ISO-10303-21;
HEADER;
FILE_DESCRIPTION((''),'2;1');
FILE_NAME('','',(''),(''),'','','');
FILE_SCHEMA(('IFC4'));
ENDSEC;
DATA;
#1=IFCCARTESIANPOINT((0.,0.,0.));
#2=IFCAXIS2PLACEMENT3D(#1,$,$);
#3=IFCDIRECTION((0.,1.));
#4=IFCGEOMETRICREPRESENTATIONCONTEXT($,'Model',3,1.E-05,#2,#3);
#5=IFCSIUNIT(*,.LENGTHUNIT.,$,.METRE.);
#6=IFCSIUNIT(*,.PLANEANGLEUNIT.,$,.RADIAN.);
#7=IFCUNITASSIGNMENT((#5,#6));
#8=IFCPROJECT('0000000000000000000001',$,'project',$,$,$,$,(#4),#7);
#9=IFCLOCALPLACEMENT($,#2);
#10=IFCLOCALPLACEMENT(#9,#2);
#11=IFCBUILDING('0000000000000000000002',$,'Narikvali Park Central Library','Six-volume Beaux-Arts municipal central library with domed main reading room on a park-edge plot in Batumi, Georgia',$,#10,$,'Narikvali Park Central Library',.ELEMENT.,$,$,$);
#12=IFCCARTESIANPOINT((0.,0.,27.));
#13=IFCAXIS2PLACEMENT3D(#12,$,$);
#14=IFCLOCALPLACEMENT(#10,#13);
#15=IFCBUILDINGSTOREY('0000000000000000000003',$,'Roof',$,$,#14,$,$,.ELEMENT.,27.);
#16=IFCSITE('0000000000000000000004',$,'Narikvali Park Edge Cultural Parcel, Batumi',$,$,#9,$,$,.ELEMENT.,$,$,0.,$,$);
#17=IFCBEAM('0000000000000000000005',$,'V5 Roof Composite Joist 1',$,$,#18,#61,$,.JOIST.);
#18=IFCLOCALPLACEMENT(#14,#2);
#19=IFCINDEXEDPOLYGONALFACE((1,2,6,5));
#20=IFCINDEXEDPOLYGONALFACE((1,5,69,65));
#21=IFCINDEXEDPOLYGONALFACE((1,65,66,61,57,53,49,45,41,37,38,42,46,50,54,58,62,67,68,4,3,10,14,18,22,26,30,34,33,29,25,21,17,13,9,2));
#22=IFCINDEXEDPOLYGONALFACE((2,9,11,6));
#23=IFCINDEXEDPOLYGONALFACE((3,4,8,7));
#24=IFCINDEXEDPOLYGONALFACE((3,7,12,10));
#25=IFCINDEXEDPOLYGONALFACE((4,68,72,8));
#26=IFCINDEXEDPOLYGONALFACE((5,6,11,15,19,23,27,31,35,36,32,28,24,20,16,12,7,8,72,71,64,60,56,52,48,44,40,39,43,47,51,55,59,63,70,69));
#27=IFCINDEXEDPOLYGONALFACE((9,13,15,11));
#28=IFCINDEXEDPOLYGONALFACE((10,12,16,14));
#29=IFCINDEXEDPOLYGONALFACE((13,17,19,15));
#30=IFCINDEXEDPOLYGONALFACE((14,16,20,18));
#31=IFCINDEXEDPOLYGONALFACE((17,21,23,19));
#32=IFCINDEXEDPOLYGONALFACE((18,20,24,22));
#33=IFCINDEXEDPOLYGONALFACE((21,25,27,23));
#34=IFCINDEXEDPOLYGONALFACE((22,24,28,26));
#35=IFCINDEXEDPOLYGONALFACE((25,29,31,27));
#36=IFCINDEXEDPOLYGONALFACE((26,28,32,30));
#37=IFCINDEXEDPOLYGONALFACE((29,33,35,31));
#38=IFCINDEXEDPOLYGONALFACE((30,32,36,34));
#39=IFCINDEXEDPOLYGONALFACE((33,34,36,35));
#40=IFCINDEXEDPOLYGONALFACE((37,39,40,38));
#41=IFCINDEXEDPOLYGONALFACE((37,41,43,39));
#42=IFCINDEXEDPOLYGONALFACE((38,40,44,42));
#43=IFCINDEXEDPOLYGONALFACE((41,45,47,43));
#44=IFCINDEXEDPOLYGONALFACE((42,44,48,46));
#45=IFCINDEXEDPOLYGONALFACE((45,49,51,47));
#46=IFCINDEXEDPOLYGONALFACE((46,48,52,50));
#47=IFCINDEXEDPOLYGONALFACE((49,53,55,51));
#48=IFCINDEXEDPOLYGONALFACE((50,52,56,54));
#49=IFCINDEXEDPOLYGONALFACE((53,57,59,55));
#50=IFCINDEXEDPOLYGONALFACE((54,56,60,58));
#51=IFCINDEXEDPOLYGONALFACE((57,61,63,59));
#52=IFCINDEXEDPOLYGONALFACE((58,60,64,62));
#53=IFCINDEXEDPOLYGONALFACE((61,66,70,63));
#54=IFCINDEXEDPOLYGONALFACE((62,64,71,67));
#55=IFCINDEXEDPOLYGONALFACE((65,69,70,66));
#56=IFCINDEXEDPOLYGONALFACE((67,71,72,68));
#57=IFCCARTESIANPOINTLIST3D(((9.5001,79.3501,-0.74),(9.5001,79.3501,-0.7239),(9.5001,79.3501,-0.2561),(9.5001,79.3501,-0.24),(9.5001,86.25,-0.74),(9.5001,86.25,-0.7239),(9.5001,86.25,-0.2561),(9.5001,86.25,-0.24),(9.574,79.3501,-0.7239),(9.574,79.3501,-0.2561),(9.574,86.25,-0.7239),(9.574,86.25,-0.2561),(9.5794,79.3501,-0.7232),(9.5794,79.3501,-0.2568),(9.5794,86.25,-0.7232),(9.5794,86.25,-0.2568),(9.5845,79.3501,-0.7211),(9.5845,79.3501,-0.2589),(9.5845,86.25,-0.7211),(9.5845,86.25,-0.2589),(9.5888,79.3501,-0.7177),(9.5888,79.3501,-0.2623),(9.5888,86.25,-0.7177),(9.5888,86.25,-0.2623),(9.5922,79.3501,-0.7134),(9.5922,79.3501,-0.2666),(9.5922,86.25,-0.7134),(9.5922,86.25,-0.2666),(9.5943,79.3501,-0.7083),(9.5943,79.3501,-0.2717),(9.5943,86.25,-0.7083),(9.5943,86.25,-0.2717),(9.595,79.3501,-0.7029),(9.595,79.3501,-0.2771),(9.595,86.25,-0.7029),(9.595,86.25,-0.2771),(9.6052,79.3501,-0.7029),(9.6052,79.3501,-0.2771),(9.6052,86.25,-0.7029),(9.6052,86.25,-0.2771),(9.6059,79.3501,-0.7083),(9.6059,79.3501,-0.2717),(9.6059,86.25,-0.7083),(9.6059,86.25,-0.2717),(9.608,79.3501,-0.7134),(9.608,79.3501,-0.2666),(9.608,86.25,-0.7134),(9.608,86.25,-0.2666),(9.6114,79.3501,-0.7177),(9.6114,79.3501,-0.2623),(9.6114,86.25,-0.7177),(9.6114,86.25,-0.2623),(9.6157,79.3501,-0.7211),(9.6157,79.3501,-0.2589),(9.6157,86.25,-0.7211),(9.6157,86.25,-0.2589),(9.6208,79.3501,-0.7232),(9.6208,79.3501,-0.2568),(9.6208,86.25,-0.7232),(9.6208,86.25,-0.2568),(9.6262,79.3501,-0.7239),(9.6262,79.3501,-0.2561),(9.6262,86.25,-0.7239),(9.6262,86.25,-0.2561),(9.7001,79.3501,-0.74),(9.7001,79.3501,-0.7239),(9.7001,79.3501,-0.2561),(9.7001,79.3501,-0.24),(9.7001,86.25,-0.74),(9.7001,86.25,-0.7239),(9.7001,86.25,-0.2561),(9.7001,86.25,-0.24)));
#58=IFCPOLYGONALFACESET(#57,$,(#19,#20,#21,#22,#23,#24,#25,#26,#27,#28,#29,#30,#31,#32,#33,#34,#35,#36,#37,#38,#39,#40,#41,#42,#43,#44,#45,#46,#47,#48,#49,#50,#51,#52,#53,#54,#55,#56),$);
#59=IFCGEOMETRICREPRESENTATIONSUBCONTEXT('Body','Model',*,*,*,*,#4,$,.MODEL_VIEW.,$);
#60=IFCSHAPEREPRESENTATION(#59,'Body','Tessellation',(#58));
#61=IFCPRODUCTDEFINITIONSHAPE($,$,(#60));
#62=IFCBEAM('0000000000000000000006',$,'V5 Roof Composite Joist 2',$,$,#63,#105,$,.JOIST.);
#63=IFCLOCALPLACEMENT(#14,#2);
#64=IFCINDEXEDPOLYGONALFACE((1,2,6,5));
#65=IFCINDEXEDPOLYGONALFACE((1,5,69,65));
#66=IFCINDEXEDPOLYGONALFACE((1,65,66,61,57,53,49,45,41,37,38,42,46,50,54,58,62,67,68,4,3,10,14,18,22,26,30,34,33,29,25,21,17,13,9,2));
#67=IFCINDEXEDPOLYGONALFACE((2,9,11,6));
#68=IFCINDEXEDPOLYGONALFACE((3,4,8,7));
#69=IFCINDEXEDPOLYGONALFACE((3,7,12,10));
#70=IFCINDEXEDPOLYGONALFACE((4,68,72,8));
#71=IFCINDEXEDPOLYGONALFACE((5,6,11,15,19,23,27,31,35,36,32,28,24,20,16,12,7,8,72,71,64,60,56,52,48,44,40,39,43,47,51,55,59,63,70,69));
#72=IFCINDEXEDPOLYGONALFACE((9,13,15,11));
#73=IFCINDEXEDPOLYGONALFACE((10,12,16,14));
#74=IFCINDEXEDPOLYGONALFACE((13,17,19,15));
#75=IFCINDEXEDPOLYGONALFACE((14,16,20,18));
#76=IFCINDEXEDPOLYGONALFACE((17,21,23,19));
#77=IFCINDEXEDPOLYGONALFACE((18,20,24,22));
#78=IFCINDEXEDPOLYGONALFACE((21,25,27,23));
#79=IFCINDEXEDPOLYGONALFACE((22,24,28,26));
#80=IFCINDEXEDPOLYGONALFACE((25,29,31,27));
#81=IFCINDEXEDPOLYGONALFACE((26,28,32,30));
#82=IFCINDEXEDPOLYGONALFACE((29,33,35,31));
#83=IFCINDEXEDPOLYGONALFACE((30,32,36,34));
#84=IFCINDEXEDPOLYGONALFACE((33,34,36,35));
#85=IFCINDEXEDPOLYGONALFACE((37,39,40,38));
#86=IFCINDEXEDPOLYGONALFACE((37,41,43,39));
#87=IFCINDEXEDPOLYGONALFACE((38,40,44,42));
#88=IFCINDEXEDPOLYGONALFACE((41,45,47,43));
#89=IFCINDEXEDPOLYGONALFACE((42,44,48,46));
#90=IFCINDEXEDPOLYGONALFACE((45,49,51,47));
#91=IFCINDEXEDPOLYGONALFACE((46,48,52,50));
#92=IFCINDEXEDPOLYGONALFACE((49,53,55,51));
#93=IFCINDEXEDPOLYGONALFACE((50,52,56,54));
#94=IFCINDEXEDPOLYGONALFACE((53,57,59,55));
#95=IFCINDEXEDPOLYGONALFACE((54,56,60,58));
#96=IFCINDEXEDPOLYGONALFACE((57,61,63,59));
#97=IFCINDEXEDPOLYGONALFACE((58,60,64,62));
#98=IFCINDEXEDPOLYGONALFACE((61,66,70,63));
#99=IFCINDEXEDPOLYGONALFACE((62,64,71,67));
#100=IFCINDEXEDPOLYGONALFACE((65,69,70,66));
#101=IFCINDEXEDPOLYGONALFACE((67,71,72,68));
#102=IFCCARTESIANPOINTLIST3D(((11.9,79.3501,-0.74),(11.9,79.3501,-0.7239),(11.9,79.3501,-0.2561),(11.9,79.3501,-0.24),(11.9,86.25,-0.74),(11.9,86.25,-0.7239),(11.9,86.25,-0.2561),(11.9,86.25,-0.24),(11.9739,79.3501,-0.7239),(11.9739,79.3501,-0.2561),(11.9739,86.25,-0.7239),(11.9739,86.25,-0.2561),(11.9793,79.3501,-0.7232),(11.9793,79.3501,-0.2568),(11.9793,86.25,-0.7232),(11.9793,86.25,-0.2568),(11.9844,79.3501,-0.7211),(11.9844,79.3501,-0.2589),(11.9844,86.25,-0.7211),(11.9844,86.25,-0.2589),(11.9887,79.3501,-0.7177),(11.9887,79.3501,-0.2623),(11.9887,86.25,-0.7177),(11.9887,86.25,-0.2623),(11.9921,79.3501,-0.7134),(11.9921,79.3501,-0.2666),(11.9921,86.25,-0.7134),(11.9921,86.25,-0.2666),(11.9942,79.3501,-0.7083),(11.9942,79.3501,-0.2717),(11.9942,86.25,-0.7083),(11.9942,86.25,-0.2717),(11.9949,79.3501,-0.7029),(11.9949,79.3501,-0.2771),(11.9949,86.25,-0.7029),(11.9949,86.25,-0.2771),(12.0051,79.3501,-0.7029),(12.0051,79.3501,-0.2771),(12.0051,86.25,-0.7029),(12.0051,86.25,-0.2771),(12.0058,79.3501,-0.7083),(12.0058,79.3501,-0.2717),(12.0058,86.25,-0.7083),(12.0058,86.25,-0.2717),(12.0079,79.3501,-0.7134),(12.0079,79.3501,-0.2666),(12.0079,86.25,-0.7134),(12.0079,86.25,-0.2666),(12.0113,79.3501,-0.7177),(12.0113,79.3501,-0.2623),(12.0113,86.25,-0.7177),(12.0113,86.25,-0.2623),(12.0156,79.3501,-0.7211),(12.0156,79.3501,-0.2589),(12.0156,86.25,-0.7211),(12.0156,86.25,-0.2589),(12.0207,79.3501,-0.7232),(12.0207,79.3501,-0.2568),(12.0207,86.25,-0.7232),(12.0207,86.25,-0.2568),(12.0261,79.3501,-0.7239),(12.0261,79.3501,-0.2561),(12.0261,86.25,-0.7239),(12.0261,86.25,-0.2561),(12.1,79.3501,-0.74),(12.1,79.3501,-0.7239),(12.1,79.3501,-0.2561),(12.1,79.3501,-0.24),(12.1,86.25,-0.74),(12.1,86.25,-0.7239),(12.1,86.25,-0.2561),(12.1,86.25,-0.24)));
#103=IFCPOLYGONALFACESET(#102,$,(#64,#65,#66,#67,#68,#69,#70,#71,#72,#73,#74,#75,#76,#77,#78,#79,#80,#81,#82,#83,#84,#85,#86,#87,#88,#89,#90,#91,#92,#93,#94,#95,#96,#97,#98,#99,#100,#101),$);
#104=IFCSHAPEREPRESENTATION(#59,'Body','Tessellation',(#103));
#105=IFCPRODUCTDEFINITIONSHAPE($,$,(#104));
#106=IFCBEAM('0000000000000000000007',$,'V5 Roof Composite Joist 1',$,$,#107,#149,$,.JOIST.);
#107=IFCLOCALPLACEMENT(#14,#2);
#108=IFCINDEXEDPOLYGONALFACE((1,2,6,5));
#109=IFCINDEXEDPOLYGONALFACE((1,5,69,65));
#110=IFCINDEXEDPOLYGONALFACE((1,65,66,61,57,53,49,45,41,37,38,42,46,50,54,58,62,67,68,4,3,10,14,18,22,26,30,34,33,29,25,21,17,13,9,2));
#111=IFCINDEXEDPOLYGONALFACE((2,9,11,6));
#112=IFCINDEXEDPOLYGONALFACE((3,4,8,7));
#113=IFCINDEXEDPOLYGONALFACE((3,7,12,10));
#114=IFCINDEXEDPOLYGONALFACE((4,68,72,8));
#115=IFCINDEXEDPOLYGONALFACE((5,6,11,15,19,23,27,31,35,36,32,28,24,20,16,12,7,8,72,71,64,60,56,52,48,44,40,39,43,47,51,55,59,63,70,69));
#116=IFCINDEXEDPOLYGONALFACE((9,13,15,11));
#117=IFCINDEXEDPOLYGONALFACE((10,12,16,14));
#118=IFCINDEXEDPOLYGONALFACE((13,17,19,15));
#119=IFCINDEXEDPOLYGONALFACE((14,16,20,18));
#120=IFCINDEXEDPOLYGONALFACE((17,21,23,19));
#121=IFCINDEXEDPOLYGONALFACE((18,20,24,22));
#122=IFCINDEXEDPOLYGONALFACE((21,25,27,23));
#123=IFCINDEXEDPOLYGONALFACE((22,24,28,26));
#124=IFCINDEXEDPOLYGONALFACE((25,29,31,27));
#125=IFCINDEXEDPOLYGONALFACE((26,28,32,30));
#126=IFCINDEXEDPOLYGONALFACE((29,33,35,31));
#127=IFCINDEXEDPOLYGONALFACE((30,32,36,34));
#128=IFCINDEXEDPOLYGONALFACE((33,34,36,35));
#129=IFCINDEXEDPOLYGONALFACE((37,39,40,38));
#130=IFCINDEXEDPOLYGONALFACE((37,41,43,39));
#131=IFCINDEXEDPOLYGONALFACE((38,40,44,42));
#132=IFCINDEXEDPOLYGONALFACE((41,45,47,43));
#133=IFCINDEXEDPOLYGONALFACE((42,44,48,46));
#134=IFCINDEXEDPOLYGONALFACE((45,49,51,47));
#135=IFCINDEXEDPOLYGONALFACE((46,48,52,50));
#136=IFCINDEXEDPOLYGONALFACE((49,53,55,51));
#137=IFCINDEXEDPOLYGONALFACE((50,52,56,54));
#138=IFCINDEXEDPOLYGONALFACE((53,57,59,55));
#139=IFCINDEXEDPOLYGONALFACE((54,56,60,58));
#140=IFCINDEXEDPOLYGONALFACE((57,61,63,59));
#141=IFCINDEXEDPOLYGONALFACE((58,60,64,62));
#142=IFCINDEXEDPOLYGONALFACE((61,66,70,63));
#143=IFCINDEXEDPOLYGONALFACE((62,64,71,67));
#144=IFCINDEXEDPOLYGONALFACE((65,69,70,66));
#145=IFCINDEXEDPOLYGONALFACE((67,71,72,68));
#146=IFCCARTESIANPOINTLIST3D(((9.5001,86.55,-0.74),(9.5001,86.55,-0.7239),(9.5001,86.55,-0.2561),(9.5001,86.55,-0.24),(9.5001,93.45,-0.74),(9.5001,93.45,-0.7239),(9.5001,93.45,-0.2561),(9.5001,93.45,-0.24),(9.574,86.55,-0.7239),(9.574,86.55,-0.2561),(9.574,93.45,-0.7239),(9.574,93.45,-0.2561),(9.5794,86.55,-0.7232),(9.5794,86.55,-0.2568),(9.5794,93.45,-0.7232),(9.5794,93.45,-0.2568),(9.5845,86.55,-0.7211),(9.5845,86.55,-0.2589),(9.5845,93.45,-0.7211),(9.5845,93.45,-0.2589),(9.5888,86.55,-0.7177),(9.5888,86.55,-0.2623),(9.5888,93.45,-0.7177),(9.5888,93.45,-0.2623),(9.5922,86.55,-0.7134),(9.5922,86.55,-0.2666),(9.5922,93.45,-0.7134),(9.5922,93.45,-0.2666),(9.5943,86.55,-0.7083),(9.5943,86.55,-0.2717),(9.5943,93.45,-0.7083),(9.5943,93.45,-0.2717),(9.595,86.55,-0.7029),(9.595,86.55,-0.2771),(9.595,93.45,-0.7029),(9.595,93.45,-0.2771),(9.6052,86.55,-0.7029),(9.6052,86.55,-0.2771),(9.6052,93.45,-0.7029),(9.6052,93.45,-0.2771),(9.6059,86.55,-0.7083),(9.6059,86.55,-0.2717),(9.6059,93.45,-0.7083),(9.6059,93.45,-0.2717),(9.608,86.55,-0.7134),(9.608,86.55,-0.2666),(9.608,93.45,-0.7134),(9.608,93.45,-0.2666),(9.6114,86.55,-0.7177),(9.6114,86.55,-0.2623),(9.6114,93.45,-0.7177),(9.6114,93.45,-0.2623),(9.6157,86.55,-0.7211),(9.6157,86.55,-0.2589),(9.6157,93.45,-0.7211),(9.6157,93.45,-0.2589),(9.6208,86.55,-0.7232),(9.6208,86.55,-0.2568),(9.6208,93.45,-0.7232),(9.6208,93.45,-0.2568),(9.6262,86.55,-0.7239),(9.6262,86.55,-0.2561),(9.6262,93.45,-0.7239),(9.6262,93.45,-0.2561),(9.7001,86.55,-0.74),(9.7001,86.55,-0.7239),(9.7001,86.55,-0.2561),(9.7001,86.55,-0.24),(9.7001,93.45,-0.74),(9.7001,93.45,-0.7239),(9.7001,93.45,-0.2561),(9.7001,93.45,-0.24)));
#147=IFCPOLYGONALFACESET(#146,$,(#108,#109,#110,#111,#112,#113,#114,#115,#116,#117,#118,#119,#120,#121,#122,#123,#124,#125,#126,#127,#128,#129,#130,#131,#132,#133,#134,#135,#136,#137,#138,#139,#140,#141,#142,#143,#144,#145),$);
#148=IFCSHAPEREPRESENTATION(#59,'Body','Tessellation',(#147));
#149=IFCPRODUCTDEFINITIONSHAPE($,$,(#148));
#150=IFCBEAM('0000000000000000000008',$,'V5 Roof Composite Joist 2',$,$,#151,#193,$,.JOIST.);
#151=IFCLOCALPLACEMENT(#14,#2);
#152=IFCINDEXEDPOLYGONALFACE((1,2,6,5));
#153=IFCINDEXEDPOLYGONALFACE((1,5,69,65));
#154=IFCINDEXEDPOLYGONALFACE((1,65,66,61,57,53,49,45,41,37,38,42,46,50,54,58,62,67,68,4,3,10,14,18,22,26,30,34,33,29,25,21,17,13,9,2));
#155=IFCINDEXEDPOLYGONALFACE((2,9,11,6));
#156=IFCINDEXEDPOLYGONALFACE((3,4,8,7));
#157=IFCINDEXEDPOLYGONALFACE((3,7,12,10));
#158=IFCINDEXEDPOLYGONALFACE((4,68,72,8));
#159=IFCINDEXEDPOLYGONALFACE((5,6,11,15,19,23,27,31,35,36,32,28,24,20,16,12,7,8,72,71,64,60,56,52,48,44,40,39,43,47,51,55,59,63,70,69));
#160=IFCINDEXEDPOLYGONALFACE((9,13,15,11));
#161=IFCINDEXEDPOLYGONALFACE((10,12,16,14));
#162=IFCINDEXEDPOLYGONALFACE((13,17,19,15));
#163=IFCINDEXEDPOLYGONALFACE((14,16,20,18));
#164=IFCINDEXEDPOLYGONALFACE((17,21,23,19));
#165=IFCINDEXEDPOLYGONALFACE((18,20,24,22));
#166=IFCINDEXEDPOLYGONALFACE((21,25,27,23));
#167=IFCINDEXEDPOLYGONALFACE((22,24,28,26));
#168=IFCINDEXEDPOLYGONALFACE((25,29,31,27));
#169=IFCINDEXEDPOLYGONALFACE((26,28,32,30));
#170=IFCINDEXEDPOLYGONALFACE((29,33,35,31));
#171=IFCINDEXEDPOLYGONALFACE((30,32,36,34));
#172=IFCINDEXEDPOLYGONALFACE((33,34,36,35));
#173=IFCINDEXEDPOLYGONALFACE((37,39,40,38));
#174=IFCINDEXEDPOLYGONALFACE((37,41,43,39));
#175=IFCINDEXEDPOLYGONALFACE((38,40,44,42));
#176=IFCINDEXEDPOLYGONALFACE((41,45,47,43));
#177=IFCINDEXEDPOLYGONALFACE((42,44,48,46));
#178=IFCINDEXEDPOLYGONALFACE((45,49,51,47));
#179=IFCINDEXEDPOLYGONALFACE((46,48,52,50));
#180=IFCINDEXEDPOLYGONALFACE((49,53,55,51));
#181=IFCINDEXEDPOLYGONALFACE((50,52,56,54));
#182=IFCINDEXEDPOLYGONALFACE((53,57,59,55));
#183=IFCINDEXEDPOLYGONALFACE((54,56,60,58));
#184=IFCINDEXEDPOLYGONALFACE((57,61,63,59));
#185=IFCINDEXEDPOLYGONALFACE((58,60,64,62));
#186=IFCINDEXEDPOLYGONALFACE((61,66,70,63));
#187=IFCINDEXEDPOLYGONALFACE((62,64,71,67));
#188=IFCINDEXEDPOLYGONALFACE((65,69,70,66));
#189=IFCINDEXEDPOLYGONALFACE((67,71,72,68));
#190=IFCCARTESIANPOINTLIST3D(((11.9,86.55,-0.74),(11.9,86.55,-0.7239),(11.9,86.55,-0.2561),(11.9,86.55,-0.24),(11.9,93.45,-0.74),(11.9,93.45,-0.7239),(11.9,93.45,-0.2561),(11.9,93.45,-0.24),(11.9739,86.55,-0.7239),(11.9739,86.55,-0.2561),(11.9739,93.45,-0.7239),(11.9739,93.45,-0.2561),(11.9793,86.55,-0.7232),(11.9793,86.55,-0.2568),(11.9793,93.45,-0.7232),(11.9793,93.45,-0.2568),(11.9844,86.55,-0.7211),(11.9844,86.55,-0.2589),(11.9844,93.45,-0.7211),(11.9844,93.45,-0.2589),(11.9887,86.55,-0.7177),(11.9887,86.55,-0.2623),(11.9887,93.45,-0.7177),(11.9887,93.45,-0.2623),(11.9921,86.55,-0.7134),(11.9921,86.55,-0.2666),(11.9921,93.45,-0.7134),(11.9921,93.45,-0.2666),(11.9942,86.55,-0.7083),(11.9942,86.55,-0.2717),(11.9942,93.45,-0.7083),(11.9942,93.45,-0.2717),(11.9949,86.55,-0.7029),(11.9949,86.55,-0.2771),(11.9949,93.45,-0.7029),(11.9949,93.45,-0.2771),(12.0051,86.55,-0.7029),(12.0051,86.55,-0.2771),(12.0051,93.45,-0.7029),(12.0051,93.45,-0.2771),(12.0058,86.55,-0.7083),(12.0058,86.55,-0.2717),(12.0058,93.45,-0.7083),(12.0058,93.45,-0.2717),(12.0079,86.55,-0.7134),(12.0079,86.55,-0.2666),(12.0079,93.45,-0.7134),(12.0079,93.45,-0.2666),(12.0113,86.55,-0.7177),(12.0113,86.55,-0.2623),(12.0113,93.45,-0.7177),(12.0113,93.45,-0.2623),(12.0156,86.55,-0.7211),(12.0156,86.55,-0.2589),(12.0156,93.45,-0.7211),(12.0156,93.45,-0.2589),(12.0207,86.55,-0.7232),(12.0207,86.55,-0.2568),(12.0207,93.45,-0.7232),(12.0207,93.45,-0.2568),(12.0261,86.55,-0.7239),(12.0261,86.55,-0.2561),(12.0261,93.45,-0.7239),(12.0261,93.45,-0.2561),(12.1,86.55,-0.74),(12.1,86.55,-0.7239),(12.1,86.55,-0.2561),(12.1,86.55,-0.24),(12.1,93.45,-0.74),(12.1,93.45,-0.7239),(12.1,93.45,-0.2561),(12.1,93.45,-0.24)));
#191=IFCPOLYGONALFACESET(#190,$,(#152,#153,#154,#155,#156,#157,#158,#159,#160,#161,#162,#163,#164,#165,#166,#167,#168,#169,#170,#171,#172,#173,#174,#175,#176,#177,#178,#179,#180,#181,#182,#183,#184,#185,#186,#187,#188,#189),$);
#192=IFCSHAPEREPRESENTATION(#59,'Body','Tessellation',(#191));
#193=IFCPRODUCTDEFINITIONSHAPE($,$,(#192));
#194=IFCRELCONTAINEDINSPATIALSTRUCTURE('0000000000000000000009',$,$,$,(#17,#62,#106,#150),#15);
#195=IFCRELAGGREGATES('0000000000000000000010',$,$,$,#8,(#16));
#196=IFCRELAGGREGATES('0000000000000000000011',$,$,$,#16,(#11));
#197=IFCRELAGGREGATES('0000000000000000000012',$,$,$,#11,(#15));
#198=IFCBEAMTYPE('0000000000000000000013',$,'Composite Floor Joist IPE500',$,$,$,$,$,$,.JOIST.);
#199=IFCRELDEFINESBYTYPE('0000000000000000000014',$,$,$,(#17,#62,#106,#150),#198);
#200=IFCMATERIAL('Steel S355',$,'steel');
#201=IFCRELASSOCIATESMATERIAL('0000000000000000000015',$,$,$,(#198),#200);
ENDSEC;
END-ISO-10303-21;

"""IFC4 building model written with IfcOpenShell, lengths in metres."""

from ifc_helpers import new_model, si_unit, direction, frame, origin, origin_2d, place, context, subcontext, project, spatial, i_section, extrude, material, material_profile, profile_set, type_object, element, save


model = new_model("IFC4")

# Units and contexts
model_context = context("Model", 3, precision=1e-05, world=origin(), true_north=direction((0.0, 1.0)))
body_context = subcontext(model_context, "Body", "Model", "MODEL_VIEW")
ifc_project = project(units=[si_unit("LENGTHUNIT", "METRE"), si_unit("PLANEANGLEUNIT", "RADIAN")], contexts=[model_context])

# Site, building, storey
site_placement = place(None, origin())
site = spatial("IfcSite", under=ifc_project, at=site_placement, Name="Narikvali Park Edge Cultural Parcel, Batumi", CompositionType="ELEMENT", RefElevation=0.0)
building_placement = place(site_placement, origin())
building = spatial("IfcBuilding", under=site, at=building_placement, Name="Narikvali Park Central Library", Description="Six-volume Beaux-Arts municipal central library with domed main reading room on a park-edge plot in Batumi, Georgia", LongName="Narikvali Park Central Library", CompositionType="ELEMENT")
storey_placement = place(building_placement, frame((0.0, 0.0, 27.0)))
storey = spatial("IfcBuildingStorey", under=building, at=storey_placement, Name="Roof", CompositionType="ELEMENT", Elevation=27.0)

# Beams
ifc_material = material(Name="Steel S355", Category="steel")
ifc_material_profile_1 = material_profile(ifc_material, i_section(OverallWidth=0.2, OverallDepth=0.5, WebThickness=0.0103, FlangeThickness=0.0161, FilletRadius=0.021, at=origin_2d()), Name="IPE 500")
ifc_profile_set_1 = profile_set([ifc_material_profile_1], Name="Steel S355")
beam_type_1 = type_object("IfcBeamType", Name="Composite Floor Joist IPE500", PredefinedType="JOIST", material=ifc_profile_set_1)
for number, where, z_axis, x_axis, name in (
    (1, (9.6001, 79.3501, -0.49), (0.0, 1.0, 0.0), (-1.0, 0.0, 0.0), "V5 Roof Composite Joist 1"),
    (2, (12.0, 79.3501, -0.49), (0.0, 1.0, 0.0), (-1.0, 0.0, 0.0), "V5 Roof Composite Joist 2"),
    (3, (9.6001, 86.55, -0.49), (0.0, 1.0, 0.0), (-1.0, 0.0, 0.0), "V5 Roof Composite Joist 1"),
    (4, (12.0, 86.55, -0.49), (0.0, 1.0, 0.0), (-1.0, 0.0, 0.0), "V5 Roof Composite Joist 2"),
):
    element("IfcBeam", number, at=place(storey_placement, frame(where, z_axis=z_axis, x_axis=x_axis)), inside=storey, type_object=beam_type_1, Name=name, PredefinedType="JOIST", context=body_context, shape_type="SweptSolid", body=[
        extrude(i_section(OverallWidth=0.2, OverallDepth=0.5, WebThickness=0.0103, FlangeThickness=0.0161, FilletRadius=0.021, at=origin_2d()), origin(), (0.0, 0.0, 1.0), 6.8999),
    ])

save(model, "model.ifc")
